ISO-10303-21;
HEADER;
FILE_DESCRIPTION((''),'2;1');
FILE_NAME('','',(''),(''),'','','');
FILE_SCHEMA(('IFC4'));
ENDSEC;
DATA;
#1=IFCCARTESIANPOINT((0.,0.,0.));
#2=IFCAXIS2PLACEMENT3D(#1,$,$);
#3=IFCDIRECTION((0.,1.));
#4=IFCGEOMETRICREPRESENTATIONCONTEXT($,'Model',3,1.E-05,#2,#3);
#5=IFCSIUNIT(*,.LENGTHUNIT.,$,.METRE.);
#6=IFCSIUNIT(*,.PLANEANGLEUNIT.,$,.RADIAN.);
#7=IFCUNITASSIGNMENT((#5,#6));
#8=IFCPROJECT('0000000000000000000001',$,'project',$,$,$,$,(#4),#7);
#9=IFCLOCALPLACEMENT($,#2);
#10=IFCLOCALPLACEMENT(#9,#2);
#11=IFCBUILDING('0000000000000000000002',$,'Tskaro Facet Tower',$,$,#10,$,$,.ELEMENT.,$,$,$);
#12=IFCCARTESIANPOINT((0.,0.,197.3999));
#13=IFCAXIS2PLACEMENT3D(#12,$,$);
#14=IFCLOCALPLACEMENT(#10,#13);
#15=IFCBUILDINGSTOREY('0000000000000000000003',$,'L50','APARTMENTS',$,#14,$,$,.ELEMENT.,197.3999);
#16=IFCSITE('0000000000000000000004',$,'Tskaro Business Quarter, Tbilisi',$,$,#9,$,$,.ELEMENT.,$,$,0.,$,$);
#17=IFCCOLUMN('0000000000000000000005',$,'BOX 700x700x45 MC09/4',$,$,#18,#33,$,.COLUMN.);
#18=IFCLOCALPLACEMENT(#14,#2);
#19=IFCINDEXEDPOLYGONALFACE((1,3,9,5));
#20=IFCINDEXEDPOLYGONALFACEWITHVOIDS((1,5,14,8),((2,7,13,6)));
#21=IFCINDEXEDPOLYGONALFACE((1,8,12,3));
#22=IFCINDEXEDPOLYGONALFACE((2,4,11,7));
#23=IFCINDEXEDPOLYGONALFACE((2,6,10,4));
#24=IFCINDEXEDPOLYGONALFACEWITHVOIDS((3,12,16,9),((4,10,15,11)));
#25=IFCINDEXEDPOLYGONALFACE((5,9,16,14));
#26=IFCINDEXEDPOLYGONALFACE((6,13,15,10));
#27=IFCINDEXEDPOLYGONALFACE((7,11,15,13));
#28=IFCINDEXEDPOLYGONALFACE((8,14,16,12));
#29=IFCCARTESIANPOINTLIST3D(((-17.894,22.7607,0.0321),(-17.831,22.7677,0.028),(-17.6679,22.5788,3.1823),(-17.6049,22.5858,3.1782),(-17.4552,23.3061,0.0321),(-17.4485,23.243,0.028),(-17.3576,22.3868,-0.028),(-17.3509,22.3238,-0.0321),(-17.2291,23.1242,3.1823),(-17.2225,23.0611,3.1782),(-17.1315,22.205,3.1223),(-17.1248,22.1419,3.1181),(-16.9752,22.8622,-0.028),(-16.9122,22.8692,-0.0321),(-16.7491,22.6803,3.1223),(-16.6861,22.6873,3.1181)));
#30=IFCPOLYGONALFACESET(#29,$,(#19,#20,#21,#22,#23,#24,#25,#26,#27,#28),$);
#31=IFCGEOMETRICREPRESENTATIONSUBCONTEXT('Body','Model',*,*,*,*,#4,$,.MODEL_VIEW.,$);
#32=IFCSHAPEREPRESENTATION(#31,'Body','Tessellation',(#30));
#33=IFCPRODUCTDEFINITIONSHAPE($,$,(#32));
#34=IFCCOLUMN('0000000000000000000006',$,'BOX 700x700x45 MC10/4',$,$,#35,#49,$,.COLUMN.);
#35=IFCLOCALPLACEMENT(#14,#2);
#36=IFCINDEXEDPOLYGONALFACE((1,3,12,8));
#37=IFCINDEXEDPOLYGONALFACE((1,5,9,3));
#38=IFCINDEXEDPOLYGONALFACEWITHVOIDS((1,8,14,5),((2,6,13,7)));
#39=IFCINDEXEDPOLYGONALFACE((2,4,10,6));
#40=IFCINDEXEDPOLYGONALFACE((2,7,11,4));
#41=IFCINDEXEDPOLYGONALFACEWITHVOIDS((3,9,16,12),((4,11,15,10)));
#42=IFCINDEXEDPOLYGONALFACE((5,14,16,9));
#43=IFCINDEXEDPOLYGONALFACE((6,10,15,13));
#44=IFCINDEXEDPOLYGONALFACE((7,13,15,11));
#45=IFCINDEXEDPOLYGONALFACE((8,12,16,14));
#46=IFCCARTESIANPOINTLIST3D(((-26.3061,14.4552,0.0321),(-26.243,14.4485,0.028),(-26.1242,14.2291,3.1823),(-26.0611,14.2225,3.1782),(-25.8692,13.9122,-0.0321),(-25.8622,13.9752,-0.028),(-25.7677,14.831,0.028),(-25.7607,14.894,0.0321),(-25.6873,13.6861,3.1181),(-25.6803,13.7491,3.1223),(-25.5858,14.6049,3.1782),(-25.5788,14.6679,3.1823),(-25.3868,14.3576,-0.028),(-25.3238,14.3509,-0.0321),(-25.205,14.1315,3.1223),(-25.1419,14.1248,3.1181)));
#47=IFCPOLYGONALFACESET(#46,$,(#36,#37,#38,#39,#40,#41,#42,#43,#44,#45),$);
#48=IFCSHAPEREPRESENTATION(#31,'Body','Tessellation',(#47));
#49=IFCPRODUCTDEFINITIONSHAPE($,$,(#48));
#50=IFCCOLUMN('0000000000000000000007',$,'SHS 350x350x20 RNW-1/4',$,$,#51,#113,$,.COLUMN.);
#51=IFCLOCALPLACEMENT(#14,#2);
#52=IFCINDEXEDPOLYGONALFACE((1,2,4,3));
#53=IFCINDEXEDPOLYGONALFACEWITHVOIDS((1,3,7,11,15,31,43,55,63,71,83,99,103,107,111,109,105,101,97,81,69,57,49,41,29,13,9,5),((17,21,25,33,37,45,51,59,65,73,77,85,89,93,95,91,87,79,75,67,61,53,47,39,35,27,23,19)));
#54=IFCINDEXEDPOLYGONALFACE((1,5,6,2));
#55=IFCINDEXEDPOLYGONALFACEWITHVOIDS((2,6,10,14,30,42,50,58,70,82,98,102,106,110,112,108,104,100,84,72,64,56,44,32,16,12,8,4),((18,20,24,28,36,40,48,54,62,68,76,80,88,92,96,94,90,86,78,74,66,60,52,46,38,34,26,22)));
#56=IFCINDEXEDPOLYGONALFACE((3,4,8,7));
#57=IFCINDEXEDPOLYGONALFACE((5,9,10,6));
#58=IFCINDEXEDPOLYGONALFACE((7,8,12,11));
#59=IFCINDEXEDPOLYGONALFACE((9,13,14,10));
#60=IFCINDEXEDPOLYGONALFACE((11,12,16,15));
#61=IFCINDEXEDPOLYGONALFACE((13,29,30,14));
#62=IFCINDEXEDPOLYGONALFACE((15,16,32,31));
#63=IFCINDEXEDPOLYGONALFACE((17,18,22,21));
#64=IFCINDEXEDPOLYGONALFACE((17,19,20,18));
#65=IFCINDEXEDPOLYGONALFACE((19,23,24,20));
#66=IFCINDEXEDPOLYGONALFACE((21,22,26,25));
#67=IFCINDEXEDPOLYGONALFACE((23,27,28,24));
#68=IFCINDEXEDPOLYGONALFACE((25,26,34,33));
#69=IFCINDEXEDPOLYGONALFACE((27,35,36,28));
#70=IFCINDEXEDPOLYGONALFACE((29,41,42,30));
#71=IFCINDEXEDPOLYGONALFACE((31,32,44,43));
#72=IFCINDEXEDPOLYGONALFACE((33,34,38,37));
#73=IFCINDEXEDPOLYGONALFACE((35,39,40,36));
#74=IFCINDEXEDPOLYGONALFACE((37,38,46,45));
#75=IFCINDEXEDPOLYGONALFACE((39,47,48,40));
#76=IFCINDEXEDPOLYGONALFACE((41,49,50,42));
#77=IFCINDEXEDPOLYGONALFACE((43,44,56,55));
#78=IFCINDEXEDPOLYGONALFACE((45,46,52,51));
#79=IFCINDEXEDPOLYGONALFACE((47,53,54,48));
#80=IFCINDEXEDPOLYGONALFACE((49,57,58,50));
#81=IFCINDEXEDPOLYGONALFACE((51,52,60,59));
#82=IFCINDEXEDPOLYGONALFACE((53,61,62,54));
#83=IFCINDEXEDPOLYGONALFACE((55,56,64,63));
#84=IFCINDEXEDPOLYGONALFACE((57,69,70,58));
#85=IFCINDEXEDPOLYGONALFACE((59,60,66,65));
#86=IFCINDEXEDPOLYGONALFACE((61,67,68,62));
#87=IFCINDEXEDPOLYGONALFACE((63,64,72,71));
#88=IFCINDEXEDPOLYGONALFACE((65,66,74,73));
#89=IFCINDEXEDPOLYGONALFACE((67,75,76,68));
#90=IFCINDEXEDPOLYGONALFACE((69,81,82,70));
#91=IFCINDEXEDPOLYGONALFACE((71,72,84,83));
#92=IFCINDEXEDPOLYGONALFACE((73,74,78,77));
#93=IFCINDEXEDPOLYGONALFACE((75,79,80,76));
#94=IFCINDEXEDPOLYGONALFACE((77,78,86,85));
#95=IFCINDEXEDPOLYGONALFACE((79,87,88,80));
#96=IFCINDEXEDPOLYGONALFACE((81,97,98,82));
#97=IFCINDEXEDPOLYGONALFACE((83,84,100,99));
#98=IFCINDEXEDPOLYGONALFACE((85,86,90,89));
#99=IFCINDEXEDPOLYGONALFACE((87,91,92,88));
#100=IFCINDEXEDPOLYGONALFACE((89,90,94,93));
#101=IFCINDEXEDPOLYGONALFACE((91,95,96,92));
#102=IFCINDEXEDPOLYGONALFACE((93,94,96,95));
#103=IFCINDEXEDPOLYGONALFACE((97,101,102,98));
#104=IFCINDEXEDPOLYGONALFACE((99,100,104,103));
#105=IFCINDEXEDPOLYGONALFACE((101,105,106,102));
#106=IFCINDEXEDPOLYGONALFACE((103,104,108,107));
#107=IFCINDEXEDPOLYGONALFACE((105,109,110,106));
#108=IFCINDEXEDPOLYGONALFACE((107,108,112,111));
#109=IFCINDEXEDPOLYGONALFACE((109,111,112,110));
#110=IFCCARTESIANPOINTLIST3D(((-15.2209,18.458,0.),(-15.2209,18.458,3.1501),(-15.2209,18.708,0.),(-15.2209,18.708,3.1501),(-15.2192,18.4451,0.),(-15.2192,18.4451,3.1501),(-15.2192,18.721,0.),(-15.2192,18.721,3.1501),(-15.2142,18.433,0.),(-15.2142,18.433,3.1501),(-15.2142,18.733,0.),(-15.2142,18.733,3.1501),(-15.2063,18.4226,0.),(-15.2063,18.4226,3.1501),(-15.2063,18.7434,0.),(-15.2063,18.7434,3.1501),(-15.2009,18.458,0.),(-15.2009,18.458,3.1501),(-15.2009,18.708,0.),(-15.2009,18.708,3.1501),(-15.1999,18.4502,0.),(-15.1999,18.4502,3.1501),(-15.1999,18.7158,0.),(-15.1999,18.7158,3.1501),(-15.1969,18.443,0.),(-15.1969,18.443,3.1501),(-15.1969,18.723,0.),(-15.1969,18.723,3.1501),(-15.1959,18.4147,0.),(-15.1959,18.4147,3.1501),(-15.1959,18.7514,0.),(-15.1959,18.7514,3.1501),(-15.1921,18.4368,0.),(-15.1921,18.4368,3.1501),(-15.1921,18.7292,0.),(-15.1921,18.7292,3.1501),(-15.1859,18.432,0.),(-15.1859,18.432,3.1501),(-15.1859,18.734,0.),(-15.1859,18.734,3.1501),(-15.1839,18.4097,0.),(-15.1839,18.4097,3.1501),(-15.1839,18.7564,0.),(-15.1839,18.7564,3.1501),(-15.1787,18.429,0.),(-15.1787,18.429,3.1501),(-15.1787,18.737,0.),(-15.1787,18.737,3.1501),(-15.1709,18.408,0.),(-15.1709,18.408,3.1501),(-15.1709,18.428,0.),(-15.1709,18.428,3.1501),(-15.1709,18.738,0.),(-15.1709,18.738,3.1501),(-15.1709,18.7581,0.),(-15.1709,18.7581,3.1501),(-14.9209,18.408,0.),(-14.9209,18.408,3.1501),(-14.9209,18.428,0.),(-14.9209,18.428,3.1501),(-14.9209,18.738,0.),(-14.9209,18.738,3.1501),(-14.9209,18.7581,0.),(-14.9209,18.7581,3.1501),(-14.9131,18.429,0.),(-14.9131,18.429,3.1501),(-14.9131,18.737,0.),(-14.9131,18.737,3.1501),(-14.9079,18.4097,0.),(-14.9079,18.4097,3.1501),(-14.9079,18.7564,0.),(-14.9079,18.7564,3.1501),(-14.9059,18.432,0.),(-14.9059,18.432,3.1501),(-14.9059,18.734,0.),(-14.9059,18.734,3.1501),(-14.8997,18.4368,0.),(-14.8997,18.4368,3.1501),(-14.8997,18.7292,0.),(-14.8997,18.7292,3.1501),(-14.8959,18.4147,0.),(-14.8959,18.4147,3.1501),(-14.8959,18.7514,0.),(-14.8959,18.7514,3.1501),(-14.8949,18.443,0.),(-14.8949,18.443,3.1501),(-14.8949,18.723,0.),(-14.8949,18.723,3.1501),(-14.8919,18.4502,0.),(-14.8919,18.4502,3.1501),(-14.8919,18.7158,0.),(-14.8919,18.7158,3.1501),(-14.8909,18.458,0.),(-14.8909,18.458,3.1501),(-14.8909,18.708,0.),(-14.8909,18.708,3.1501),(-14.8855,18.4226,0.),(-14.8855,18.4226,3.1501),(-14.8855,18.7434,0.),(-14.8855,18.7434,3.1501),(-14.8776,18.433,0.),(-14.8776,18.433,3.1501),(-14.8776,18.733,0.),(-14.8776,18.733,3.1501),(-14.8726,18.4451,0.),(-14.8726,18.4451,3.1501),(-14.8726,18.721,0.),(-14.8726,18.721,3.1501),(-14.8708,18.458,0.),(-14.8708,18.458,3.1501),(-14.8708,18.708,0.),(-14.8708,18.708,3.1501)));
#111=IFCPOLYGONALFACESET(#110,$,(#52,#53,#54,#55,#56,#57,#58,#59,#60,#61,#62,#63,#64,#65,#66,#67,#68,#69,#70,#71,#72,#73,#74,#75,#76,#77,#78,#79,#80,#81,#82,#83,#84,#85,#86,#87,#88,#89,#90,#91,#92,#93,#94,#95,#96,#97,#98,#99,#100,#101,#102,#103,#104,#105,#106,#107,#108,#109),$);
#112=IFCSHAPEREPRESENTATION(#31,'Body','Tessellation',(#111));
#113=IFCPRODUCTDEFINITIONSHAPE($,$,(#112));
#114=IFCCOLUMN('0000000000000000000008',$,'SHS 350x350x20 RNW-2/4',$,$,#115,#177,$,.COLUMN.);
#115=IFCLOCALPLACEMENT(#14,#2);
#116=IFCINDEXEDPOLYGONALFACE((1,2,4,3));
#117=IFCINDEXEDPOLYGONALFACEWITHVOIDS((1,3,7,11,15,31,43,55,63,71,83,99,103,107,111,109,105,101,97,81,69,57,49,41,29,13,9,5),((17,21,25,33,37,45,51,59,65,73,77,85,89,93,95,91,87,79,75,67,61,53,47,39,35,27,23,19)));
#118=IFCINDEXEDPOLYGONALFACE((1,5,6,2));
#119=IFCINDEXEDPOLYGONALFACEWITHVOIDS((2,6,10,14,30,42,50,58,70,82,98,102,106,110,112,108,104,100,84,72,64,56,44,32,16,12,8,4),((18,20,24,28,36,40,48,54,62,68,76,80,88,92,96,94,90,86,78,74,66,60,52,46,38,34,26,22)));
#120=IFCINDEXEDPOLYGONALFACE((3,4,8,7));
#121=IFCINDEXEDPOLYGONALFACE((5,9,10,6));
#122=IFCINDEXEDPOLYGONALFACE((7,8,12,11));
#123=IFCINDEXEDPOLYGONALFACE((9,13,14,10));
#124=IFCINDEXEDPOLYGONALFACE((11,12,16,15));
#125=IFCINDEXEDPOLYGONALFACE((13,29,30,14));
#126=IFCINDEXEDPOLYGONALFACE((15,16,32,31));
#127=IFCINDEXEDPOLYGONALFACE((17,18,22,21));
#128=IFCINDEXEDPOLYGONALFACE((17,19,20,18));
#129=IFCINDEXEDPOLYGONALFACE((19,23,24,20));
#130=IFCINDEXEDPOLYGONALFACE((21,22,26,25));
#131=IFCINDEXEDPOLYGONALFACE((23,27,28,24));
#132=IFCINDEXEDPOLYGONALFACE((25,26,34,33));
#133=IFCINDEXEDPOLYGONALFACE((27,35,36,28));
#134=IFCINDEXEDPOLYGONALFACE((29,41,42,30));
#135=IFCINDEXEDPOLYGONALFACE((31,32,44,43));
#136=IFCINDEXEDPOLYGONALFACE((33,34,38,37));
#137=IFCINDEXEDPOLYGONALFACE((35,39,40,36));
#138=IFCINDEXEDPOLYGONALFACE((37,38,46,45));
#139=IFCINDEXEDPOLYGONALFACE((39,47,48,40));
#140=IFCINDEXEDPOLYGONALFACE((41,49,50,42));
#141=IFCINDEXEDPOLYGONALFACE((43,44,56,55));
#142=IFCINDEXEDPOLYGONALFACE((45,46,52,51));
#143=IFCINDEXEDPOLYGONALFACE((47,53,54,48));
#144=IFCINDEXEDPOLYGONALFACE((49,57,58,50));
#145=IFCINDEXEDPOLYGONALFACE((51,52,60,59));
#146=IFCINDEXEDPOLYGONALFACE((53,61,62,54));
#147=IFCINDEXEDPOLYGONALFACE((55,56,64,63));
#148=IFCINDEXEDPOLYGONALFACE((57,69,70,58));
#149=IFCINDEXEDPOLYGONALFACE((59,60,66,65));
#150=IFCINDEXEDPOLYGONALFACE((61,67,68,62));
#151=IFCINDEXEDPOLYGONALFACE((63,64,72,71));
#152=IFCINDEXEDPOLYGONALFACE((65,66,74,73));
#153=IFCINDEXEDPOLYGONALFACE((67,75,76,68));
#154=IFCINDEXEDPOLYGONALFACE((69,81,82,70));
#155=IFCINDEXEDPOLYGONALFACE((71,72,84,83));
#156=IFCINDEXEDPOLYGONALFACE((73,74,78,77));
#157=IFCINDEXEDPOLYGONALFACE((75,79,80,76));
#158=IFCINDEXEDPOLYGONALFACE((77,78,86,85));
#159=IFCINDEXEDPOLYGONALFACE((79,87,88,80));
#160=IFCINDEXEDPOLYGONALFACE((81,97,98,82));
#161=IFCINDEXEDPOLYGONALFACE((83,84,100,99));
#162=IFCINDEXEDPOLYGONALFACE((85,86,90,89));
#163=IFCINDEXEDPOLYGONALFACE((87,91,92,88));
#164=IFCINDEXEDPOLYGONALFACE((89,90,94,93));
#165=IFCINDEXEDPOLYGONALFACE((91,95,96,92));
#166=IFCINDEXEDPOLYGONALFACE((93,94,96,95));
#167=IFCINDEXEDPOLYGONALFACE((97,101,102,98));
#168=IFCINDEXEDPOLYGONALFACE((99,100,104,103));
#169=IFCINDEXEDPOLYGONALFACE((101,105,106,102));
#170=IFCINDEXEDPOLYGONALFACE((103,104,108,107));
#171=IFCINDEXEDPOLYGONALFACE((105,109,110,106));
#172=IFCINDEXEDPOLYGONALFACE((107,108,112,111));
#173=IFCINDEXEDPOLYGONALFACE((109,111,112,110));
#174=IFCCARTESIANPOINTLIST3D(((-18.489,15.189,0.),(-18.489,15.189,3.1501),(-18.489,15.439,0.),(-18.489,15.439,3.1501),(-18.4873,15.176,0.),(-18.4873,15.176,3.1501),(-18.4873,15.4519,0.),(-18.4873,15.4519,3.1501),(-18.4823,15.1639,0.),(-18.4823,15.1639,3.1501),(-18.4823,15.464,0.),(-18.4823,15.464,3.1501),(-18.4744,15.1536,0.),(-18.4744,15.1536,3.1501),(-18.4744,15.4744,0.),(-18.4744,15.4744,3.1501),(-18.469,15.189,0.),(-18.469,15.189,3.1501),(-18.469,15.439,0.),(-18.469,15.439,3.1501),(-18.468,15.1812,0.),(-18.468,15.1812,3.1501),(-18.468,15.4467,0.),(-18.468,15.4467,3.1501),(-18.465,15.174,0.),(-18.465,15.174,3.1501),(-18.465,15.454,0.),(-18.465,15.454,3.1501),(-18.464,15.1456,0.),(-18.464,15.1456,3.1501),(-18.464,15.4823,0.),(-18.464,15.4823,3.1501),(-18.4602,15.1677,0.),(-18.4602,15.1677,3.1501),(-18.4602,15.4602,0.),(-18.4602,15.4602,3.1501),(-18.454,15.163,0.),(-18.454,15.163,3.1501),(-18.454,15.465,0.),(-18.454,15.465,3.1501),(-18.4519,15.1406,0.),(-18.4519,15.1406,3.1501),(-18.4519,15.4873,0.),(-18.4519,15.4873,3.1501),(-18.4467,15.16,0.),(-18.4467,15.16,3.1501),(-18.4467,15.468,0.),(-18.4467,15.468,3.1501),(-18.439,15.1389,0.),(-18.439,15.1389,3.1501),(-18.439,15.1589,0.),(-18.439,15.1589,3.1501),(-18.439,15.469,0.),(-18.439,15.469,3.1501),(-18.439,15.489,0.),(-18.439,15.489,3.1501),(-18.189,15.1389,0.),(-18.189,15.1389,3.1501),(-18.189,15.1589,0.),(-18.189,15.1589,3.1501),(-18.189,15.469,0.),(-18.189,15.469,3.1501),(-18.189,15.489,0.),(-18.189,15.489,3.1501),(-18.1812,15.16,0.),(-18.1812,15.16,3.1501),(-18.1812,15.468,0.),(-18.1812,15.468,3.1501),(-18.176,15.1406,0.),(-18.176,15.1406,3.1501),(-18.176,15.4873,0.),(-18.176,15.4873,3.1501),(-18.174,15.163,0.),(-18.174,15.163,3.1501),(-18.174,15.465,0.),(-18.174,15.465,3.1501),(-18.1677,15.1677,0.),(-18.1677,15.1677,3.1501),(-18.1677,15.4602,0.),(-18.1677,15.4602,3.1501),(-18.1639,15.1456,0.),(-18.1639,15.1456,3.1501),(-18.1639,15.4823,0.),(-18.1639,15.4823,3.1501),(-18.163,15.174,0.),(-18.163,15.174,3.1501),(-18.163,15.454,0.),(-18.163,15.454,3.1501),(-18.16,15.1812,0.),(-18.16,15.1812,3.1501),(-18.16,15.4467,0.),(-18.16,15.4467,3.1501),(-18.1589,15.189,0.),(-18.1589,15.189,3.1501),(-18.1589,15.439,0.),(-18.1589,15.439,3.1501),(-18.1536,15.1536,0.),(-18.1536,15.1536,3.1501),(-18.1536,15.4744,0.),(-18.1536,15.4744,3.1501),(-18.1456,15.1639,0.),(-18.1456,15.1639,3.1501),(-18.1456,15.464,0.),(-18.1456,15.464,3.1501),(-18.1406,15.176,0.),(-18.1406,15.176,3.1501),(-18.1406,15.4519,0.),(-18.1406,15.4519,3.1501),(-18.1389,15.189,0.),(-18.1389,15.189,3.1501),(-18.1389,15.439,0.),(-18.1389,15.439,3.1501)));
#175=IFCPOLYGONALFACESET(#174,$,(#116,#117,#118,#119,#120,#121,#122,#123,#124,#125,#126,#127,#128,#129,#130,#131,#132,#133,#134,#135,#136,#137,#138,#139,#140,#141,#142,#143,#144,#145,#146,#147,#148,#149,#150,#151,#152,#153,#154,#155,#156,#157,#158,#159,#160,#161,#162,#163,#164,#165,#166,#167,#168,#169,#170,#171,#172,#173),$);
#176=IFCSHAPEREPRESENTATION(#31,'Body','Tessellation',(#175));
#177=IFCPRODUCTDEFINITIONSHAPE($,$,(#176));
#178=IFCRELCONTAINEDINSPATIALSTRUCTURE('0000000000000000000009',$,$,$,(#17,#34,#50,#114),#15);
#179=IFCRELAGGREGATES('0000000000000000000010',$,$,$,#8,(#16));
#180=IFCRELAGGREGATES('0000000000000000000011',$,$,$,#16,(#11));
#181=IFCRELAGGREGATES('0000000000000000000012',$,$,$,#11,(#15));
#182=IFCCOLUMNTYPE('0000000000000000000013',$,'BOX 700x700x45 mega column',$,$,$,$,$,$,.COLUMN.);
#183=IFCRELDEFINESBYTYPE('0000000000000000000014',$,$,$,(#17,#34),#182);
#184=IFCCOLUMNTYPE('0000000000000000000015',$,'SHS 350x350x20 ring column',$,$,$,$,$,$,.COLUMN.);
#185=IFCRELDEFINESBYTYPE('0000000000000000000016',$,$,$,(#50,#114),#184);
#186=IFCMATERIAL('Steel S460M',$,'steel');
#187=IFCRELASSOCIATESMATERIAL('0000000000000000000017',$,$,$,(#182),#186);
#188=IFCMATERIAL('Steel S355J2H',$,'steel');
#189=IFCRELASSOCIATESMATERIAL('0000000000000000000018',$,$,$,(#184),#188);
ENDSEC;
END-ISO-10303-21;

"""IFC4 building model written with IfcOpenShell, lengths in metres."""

from ifc_helpers import new_model, si_unit, direction, frame, origin, origin_2d, place, context, subcontext, project, spatial, hollow_rectangle, extrude, material, material_profile, profile_set, type_object, element, save


model = new_model("IFC4")

# Units and contexts
model_context = context("Model", 3, precision=1e-05, world=origin(), true_north=direction((0.0, 1.0)))
body_context = subcontext(model_context, "Body", "Model", "MODEL_VIEW")
ifc_project = project(units=[si_unit("LENGTHUNIT", "METRE"), si_unit("PLANEANGLEUNIT", "RADIAN")], contexts=[model_context])

# Site, building, storey
site_placement = place(None, origin())
site = spatial("IfcSite", under=ifc_project, at=site_placement, Name="Tskaro Business Quarter, Tbilisi", CompositionType="ELEMENT", RefElevation=0.0)
building_placement = place(site_placement, origin())
building = spatial("IfcBuilding", under=site, at=building_placement, Name="Tskaro Facet Tower", CompositionType="ELEMENT")
storey_placement = place(building_placement, frame((0.0, 0.0, 197.3999)))
storey = spatial("IfcBuildingStorey", under=building, at=storey_placement, Name="L50", Description="APARTMENTS", CompositionType="ELEMENT", Elevation=197.3999)

# Columns
ifc_material_1 = material(Name="Steel S460M", Category="steel")
ifc_material_profile_1 = material_profile(ifc_material_1, hollow_rectangle(XDim=0.7, YDim=0.7, WallThickness=0.0449, at=origin_2d()), Name="BOX 700x700x45")
ifc_profile_set_1 = profile_set([ifc_material_profile_1], Name="Steel S460M")
column_type_1 = type_object("IfcColumnType", Name="BOX 700x700x45 mega column", PredefinedType="COLUMN", material=ifc_profile_set_1)
for number, where, z_axis, x_axis, name in (
    (1, (-17.4031, 22.8149, 0.0), (0.071464, -0.057495, 0.995785), (0.626847, 0.779142, 0.0), "BOX 700x700x45 MC09/4"),
    (2, (-25.8149, 14.4031, 0.0), (0.057495, -0.071464, 0.995785), (0.779142, 0.626847, 0.0), "BOX 700x700x45 MC10/4"),
):
    element("IfcColumn", number, at=place(storey_placement, frame(where, z_axis=z_axis, x_axis=x_axis)), inside=storey, type_object=column_type_1, Name=name, PredefinedType="COLUMN", context=body_context, shape_type="SweptSolid", body=[
        extrude(hollow_rectangle(XDim=0.7, YDim=0.7, WallThickness=0.0449, at=origin_2d()), origin(), (0.0, 0.0, 1.0), 3.1636),
    ])
ifc_material_2 = material(Name="Steel S355J2H", Category="steel")
ifc_material_profile_2 = material_profile(ifc_material_2, hollow_rectangle(XDim=0.3501, YDim=0.3501, WallThickness=0.02, InnerFilletRadius=0.03, OuterFilletRadius=0.05, at=origin_2d()), Name="SHS 350x350x20")
ifc_profile_set_2 = profile_set([ifc_material_profile_2], Name="Steel S355J2H")
column_type_2 = type_object("IfcColumnType", Name="SHS 350x350x20 ring column", PredefinedType="COLUMN", material=ifc_profile_set_2)
for number, where, z_axis, x_axis, name in (
    (3, (-15.0459, 18.583, 0.0), (0.0, 0.0, 1.0), (1.0, 0.0, 0.0), "SHS 350x350x20 RNW-1/4"),
    (4, (-18.314, 15.314, 0.0), (0.0, 0.0, 1.0), (1.0, 0.0, 0.0), "SHS 350x350x20 RNW-2/4"),
):
    element("IfcColumn", number, at=place(storey_placement, frame(where, z_axis=z_axis, x_axis=x_axis)), inside=storey, type_object=column_type_2, Name=name, PredefinedType="COLUMN", context=body_context, shape_type="SweptSolid", body=[
        extrude(hollow_rectangle(XDim=0.3501, YDim=0.3501, WallThickness=0.02, InnerFilletRadius=0.03, OuterFilletRadius=0.05, at=origin_2d()), origin(), (0.0, 0.0, 1.0), 3.1501),
    ])

save(model, "model.ifc")
